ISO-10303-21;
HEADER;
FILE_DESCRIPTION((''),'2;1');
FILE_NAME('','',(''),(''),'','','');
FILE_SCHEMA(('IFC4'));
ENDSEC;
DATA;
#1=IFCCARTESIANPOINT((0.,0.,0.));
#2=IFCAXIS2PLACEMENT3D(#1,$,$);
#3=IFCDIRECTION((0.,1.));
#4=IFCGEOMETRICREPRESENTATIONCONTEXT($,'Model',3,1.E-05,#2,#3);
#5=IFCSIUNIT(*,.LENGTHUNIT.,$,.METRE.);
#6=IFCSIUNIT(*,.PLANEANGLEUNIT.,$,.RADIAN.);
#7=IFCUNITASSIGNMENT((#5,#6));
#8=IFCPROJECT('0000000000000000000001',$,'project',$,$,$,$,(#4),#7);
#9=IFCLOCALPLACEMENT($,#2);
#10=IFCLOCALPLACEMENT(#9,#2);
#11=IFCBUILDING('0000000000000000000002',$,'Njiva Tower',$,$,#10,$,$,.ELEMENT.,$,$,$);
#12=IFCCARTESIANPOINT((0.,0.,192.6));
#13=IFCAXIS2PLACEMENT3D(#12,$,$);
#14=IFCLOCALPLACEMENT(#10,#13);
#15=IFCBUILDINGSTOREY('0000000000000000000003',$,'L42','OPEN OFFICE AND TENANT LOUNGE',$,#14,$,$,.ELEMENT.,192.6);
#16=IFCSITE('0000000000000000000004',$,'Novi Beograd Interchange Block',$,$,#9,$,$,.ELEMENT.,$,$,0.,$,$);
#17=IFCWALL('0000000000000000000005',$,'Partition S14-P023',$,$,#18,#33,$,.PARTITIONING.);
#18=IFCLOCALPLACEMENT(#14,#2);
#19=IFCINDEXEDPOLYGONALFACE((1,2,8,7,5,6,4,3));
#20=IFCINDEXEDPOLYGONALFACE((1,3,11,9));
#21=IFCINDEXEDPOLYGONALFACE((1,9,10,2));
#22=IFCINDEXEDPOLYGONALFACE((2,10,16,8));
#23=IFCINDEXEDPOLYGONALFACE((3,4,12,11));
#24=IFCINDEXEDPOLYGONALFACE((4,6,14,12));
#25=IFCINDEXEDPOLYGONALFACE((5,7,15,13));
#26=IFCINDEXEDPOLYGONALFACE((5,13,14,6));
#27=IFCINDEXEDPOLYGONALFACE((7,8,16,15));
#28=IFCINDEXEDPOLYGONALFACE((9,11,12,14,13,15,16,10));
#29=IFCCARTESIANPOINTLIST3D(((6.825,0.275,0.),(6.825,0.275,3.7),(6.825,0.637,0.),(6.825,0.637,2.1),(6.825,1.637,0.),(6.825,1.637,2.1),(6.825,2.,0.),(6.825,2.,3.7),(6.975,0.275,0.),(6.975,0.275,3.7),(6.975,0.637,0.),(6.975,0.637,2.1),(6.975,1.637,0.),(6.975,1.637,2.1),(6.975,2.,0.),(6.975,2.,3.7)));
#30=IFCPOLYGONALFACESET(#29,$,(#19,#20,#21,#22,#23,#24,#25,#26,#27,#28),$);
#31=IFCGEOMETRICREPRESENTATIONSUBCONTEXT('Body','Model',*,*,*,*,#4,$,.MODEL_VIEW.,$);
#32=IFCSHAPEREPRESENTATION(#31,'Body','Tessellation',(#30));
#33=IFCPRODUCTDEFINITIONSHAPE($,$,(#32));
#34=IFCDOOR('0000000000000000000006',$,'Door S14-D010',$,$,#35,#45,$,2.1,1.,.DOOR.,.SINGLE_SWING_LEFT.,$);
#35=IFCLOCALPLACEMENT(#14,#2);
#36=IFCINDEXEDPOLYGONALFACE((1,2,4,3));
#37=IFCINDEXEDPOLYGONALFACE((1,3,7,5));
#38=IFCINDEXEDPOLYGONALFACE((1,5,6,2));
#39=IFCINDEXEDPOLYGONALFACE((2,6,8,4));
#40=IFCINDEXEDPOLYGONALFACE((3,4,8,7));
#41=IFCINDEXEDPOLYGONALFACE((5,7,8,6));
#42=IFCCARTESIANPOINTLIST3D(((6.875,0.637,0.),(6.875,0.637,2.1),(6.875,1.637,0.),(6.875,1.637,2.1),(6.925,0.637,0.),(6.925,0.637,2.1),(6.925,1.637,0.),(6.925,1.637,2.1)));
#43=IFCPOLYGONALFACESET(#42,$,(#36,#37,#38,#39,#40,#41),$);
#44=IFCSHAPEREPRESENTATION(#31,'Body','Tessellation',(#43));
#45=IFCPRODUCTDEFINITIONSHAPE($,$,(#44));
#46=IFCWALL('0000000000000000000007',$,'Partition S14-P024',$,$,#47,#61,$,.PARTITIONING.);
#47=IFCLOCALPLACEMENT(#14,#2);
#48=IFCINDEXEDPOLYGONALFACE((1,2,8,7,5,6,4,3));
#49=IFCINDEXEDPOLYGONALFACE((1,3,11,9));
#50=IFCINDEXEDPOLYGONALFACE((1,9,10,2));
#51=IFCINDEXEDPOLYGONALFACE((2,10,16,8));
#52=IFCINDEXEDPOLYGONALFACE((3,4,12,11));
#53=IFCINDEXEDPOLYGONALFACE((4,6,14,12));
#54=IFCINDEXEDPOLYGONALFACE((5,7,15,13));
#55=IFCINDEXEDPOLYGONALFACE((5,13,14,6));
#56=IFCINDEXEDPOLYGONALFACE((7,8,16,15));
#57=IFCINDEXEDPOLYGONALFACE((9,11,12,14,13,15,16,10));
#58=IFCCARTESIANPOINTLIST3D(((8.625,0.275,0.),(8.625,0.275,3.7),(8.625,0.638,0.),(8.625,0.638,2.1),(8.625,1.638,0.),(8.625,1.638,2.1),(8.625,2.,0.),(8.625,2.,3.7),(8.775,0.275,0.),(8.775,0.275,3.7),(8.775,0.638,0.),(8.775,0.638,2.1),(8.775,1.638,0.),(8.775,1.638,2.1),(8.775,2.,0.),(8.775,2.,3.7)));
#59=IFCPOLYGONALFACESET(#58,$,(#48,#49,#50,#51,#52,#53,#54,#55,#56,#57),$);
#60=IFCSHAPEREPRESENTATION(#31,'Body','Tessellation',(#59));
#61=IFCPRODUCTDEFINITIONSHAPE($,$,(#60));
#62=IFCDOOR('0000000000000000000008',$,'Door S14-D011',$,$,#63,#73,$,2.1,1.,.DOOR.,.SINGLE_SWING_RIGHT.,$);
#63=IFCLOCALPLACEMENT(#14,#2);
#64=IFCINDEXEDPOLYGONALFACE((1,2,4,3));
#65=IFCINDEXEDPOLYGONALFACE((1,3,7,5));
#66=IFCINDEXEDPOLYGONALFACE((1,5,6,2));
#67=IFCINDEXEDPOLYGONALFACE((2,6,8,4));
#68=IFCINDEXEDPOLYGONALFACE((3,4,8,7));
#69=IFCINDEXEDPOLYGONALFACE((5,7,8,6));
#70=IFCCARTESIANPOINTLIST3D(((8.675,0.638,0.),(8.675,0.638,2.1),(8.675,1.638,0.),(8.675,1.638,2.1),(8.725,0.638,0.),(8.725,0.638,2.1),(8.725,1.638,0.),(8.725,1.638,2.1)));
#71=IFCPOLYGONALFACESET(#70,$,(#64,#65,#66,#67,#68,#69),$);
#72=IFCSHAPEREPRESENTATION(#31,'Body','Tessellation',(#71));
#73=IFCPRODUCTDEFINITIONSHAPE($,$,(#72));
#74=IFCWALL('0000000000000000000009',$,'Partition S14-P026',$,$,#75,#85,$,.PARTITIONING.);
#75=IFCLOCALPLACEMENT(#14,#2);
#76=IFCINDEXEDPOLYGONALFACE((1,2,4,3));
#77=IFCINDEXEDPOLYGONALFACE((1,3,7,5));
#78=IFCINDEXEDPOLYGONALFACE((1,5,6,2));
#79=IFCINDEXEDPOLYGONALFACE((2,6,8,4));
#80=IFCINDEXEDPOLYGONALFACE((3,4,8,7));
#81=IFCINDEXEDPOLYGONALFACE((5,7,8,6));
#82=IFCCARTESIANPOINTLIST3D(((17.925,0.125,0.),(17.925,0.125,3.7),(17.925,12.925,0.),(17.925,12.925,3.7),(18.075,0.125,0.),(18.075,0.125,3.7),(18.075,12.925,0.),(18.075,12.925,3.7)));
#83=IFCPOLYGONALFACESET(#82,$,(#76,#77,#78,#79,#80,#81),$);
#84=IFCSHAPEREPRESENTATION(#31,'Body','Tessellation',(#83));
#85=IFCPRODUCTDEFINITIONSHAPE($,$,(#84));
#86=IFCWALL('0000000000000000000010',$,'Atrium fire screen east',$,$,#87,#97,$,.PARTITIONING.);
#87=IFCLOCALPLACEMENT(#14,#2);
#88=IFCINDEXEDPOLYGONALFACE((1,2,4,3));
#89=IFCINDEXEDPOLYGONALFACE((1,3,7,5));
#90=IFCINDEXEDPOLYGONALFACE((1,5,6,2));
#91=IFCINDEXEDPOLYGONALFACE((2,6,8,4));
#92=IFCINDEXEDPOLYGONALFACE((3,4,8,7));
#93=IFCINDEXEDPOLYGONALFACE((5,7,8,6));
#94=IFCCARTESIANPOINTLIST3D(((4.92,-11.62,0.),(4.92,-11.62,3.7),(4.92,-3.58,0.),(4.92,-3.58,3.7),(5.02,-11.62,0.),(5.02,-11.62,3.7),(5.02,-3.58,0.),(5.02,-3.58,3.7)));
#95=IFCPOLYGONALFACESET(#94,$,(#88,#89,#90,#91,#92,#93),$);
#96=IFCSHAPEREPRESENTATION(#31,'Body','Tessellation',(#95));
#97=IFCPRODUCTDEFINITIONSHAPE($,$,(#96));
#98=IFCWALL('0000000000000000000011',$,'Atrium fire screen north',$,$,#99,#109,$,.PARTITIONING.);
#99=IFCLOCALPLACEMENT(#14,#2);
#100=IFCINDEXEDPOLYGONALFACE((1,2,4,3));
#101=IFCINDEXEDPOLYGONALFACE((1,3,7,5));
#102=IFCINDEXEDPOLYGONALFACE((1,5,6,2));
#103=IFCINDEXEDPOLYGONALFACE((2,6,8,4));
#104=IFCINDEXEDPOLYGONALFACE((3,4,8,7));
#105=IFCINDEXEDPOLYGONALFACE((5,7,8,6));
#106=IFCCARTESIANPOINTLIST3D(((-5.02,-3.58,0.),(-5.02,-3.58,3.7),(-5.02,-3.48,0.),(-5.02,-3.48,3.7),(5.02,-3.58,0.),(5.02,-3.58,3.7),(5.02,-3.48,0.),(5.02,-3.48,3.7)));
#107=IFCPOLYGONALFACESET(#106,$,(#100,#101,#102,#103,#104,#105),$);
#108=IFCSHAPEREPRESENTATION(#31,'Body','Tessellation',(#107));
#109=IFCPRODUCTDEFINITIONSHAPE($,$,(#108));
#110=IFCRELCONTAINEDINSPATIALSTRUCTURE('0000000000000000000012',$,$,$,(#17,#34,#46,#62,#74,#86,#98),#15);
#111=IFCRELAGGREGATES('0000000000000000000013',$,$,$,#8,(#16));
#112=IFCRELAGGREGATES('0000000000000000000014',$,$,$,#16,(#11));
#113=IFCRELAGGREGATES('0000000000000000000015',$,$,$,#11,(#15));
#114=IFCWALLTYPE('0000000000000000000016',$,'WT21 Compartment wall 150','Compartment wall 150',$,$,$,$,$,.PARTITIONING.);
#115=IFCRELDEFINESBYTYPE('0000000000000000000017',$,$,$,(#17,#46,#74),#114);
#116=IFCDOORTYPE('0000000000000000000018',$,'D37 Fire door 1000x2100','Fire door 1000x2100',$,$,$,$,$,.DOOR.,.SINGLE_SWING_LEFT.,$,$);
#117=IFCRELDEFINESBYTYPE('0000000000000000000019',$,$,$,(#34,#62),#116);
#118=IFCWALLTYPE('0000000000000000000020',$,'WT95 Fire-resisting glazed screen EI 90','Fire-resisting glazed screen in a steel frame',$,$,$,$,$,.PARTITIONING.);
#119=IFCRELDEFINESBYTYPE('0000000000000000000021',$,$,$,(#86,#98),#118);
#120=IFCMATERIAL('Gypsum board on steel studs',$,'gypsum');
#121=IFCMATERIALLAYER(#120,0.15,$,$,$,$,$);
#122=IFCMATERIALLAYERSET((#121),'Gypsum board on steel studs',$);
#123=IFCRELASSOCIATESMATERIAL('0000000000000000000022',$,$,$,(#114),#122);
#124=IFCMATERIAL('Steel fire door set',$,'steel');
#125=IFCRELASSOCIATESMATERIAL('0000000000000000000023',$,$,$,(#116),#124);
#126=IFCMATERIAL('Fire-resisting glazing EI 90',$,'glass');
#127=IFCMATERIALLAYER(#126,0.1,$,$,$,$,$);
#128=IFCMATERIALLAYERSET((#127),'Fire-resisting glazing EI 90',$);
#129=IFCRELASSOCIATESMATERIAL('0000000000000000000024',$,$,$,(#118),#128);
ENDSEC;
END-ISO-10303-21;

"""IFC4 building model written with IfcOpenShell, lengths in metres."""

from ifc_helpers import new_model, si_unit, direction, frame, frame_2d, origin, place, context, subcontext, project, spatial, rectangle, extrude, material, layer, layer_set, type_object, element, fill, save


model = new_model("IFC4")

# Units and contexts
model_context = context("Model", 3, precision=1e-05, world=origin(), true_north=direction((0.0, 1.0)))
body_context = subcontext(model_context, "Body", "Model", "MODEL_VIEW")
ifc_project = project(units=[si_unit("LENGTHUNIT", "METRE"), si_unit("PLANEANGLEUNIT", "RADIAN")], contexts=[model_context])

# Site, building, storey
site_placement = place(None, origin())
site = spatial("IfcSite", under=ifc_project, at=site_placement, Name="Novi Beograd Interchange Block", CompositionType="ELEMENT", RefElevation=0.0)
building_placement = place(site_placement, origin())
building = spatial("IfcBuilding", under=site, at=building_placement, Name="Njiva Tower", CompositionType="ELEMENT")
storey_placement = place(building_placement, frame((0.0, 0.0, 192.6)))
storey = spatial("IfcBuildingStorey", under=building, at=storey_placement, Name="L42", Description="OPEN OFFICE AND TENANT LOUNGE", CompositionType="ELEMENT", Elevation=192.6)

# Shared definitions
ifc_material_1 = material(Name="Gypsum board on steel studs", Category="gypsum")
ifc_layer_1 = layer(ifc_material_1, 0.15)
ifc_layer_set_1 = layer_set([ifc_layer_1], Name="Gypsum board on steel studs")
wall_type_1 = type_object("IfcWallType", Name="WT21 Compartment wall 150", Description="Compartment wall 150", PredefinedType="PARTITIONING", material=ifc_layer_set_1)

# Walls, openings, doors
wall_1_placement = place(storey_placement, frame((6.9, 0.275, 0.0), z_axis=(0.0, 0.0, 1.0), x_axis=(0.0, 1.0, 0.0)))
wall_1 = element("IfcWall", 1, at=wall_1_placement, inside=storey, type_object=wall_type_1, Name="Partition S14-P023", PredefinedType="PARTITIONING", context=body_context, shape_type="SweptSolid", body=[
    extrude(rectangle(XDim=1.725, YDim=0.15, at=frame_2d((0.8625, 0.0))), origin(), (0.0, 0.0, 1.0), 3.7),
])
opening_1_placement = place(wall_1_placement, frame((0.362, 0.0, 0.0)))
opening_1 = element("IfcOpeningElement", 2, at=opening_1_placement, cuts=wall_1, PredefinedType="OPENING", context=body_context, shape_type="SweptSolid", body=[
    extrude(rectangle(XDim=1.0, YDim=2.1, at=frame_2d((0.5, 1.05))), frame((0.0, 0.085, 0.0), z_axis=(0.0, -1.0, 0.0), x_axis=(1.0, 0.0, 0.0)), (0.0, 0.0, 1.0), 0.17),
])
ifc_material_2 = material(Name="Steel fire door set", Category="steel")
door_type = type_object("IfcDoorType", Name="D37 Fire door 1000x2100", Description="Fire door 1000x2100", OperationType="SINGLE_SWING_LEFT", PredefinedType="DOOR", material=ifc_material_2)
door_1_placement = place(opening_1_placement, origin())
door_1 = element("IfcDoor", 3, at=door_1_placement, inside=storey, type_object=door_type, Name="Door S14-D010", OperationType="SINGLE_SWING_LEFT", OverallHeight=2.1, OverallWidth=1.0, PredefinedType="DOOR", context=body_context, shape_type="SweptSolid", body=[
    extrude(rectangle(XDim=1.0, YDim=2.1, at=frame_2d((0.5, 1.05))), frame((0.0, 0.025, 0.0), z_axis=(0.0, -1.0, 0.0), x_axis=(1.0, 0.0, 0.0)), (0.0, 0.0, 1.0), 0.05),
])
fill(opening_1, door_1)
wall_2_placement = place(storey_placement, frame((8.7, 0.275, 0.0), z_axis=(0.0, 0.0, 1.0), x_axis=(0.0, 1.0, 0.0)))
wall_2 = element("IfcWall", 4, at=wall_2_placement, inside=storey, type_object=wall_type_1, Name="Partition S14-P024", PredefinedType="PARTITIONING", context=body_context, shape_type="SweptSolid", body=[
    extrude(rectangle(XDim=1.725, YDim=0.15, at=frame_2d((0.8625, 0.0))), origin(), (0.0, 0.0, 1.0), 3.7),
])
opening_2_placement = place(wall_2_placement, frame((0.363, 0.0, 0.0)))
opening_2 = element("IfcOpeningElement", 5, at=opening_2_placement, cuts=wall_2, PredefinedType="OPENING", context=body_context, shape_type="SweptSolid", body=[
    extrude(rectangle(XDim=1.0, YDim=2.1, at=frame_2d((0.5, 1.05))), frame((0.0, 0.085, 0.0), z_axis=(0.0, -1.0, 0.0), x_axis=(1.0, 0.0, 0.0)), (0.0, 0.0, 1.0), 0.17),
])
door_2_placement = place(opening_2_placement, origin())
door_2 = element("IfcDoor", 6, at=door_2_placement, inside=storey, type_object=door_type, Name="Door S14-D011", OperationType="SINGLE_SWING_RIGHT", OverallHeight=2.1, OverallWidth=1.0, PredefinedType="DOOR", context=body_context, shape_type="SweptSolid", body=[
    extrude(rectangle(XDim=1.0, YDim=2.1, at=frame_2d((0.5, 1.05))), frame((0.0, 0.025, 0.0), z_axis=(0.0, -1.0, 0.0), x_axis=(1.0, 0.0, 0.0)), (0.0, 0.0, 1.0), 0.05),
])
fill(opening_2, door_2)

# Walls
wall_3_placement = place(storey_placement, frame((18.0, 0.125, 0.0), z_axis=(0.0, 0.0, 1.0), x_axis=(0.0, 1.0, 0.0)))
element("IfcWall", 7, at=wall_3_placement, inside=storey, type_object=wall_type_1, Name="Partition S14-P026", PredefinedType="PARTITIONING", context=body_context, shape_type="SweptSolid", body=[
    extrude(rectangle(XDim=12.8, YDim=0.15, at=frame_2d((6.4, 0.0))), origin(), (0.0, 0.0, 1.0), 3.7),
])
ifc_material_3 = material(Name="Fire-resisting glazing EI 90", Category="glass")
ifc_layer_2 = layer(ifc_material_3, 0.1)
ifc_layer_set_2 = layer_set([ifc_layer_2], Name="Fire-resisting glazing EI 90")
wall_type_2 = type_object("IfcWallType", Name="WT95 Fire-resisting glazed screen EI 90", Description="Fire-resisting glazed screen in a steel frame", PredefinedType="PARTITIONING", material=ifc_layer_set_2)
wall_4_placement = place(storey_placement, frame((4.97, -11.62, 0.0), z_axis=(0.0, 0.0, 1.0), x_axis=(0.0, 1.0, 0.0)))
element("IfcWall", 8, at=wall_4_placement, inside=storey, type_object=wall_type_2, Name="Atrium fire screen east", PredefinedType="PARTITIONING", context=body_context, shape_type="SweptSolid", body=[
    extrude(rectangle(XDim=8.04, YDim=0.1, at=frame_2d((4.02, 0.0))), origin(), (0.0, 0.0, 1.0), 3.7),
])
wall_5_placement = place(storey_placement, frame((5.02, -3.53, 0.0), z_axis=(0.0, 0.0, 1.0), x_axis=(-1.0, 0.0, 0.0)))
element("IfcWall", 9, at=wall_5_placement, inside=storey, type_object=wall_type_2, Name="Atrium fire screen north", PredefinedType="PARTITIONING", context=body_context, shape_type="SweptSolid", body=[
    extrude(rectangle(XDim=10.04, YDim=0.1, at=frame_2d((5.02, 0.0))), origin(), (0.0, 0.0, 1.0), 3.7),
])

save(model, "model.ifc")
